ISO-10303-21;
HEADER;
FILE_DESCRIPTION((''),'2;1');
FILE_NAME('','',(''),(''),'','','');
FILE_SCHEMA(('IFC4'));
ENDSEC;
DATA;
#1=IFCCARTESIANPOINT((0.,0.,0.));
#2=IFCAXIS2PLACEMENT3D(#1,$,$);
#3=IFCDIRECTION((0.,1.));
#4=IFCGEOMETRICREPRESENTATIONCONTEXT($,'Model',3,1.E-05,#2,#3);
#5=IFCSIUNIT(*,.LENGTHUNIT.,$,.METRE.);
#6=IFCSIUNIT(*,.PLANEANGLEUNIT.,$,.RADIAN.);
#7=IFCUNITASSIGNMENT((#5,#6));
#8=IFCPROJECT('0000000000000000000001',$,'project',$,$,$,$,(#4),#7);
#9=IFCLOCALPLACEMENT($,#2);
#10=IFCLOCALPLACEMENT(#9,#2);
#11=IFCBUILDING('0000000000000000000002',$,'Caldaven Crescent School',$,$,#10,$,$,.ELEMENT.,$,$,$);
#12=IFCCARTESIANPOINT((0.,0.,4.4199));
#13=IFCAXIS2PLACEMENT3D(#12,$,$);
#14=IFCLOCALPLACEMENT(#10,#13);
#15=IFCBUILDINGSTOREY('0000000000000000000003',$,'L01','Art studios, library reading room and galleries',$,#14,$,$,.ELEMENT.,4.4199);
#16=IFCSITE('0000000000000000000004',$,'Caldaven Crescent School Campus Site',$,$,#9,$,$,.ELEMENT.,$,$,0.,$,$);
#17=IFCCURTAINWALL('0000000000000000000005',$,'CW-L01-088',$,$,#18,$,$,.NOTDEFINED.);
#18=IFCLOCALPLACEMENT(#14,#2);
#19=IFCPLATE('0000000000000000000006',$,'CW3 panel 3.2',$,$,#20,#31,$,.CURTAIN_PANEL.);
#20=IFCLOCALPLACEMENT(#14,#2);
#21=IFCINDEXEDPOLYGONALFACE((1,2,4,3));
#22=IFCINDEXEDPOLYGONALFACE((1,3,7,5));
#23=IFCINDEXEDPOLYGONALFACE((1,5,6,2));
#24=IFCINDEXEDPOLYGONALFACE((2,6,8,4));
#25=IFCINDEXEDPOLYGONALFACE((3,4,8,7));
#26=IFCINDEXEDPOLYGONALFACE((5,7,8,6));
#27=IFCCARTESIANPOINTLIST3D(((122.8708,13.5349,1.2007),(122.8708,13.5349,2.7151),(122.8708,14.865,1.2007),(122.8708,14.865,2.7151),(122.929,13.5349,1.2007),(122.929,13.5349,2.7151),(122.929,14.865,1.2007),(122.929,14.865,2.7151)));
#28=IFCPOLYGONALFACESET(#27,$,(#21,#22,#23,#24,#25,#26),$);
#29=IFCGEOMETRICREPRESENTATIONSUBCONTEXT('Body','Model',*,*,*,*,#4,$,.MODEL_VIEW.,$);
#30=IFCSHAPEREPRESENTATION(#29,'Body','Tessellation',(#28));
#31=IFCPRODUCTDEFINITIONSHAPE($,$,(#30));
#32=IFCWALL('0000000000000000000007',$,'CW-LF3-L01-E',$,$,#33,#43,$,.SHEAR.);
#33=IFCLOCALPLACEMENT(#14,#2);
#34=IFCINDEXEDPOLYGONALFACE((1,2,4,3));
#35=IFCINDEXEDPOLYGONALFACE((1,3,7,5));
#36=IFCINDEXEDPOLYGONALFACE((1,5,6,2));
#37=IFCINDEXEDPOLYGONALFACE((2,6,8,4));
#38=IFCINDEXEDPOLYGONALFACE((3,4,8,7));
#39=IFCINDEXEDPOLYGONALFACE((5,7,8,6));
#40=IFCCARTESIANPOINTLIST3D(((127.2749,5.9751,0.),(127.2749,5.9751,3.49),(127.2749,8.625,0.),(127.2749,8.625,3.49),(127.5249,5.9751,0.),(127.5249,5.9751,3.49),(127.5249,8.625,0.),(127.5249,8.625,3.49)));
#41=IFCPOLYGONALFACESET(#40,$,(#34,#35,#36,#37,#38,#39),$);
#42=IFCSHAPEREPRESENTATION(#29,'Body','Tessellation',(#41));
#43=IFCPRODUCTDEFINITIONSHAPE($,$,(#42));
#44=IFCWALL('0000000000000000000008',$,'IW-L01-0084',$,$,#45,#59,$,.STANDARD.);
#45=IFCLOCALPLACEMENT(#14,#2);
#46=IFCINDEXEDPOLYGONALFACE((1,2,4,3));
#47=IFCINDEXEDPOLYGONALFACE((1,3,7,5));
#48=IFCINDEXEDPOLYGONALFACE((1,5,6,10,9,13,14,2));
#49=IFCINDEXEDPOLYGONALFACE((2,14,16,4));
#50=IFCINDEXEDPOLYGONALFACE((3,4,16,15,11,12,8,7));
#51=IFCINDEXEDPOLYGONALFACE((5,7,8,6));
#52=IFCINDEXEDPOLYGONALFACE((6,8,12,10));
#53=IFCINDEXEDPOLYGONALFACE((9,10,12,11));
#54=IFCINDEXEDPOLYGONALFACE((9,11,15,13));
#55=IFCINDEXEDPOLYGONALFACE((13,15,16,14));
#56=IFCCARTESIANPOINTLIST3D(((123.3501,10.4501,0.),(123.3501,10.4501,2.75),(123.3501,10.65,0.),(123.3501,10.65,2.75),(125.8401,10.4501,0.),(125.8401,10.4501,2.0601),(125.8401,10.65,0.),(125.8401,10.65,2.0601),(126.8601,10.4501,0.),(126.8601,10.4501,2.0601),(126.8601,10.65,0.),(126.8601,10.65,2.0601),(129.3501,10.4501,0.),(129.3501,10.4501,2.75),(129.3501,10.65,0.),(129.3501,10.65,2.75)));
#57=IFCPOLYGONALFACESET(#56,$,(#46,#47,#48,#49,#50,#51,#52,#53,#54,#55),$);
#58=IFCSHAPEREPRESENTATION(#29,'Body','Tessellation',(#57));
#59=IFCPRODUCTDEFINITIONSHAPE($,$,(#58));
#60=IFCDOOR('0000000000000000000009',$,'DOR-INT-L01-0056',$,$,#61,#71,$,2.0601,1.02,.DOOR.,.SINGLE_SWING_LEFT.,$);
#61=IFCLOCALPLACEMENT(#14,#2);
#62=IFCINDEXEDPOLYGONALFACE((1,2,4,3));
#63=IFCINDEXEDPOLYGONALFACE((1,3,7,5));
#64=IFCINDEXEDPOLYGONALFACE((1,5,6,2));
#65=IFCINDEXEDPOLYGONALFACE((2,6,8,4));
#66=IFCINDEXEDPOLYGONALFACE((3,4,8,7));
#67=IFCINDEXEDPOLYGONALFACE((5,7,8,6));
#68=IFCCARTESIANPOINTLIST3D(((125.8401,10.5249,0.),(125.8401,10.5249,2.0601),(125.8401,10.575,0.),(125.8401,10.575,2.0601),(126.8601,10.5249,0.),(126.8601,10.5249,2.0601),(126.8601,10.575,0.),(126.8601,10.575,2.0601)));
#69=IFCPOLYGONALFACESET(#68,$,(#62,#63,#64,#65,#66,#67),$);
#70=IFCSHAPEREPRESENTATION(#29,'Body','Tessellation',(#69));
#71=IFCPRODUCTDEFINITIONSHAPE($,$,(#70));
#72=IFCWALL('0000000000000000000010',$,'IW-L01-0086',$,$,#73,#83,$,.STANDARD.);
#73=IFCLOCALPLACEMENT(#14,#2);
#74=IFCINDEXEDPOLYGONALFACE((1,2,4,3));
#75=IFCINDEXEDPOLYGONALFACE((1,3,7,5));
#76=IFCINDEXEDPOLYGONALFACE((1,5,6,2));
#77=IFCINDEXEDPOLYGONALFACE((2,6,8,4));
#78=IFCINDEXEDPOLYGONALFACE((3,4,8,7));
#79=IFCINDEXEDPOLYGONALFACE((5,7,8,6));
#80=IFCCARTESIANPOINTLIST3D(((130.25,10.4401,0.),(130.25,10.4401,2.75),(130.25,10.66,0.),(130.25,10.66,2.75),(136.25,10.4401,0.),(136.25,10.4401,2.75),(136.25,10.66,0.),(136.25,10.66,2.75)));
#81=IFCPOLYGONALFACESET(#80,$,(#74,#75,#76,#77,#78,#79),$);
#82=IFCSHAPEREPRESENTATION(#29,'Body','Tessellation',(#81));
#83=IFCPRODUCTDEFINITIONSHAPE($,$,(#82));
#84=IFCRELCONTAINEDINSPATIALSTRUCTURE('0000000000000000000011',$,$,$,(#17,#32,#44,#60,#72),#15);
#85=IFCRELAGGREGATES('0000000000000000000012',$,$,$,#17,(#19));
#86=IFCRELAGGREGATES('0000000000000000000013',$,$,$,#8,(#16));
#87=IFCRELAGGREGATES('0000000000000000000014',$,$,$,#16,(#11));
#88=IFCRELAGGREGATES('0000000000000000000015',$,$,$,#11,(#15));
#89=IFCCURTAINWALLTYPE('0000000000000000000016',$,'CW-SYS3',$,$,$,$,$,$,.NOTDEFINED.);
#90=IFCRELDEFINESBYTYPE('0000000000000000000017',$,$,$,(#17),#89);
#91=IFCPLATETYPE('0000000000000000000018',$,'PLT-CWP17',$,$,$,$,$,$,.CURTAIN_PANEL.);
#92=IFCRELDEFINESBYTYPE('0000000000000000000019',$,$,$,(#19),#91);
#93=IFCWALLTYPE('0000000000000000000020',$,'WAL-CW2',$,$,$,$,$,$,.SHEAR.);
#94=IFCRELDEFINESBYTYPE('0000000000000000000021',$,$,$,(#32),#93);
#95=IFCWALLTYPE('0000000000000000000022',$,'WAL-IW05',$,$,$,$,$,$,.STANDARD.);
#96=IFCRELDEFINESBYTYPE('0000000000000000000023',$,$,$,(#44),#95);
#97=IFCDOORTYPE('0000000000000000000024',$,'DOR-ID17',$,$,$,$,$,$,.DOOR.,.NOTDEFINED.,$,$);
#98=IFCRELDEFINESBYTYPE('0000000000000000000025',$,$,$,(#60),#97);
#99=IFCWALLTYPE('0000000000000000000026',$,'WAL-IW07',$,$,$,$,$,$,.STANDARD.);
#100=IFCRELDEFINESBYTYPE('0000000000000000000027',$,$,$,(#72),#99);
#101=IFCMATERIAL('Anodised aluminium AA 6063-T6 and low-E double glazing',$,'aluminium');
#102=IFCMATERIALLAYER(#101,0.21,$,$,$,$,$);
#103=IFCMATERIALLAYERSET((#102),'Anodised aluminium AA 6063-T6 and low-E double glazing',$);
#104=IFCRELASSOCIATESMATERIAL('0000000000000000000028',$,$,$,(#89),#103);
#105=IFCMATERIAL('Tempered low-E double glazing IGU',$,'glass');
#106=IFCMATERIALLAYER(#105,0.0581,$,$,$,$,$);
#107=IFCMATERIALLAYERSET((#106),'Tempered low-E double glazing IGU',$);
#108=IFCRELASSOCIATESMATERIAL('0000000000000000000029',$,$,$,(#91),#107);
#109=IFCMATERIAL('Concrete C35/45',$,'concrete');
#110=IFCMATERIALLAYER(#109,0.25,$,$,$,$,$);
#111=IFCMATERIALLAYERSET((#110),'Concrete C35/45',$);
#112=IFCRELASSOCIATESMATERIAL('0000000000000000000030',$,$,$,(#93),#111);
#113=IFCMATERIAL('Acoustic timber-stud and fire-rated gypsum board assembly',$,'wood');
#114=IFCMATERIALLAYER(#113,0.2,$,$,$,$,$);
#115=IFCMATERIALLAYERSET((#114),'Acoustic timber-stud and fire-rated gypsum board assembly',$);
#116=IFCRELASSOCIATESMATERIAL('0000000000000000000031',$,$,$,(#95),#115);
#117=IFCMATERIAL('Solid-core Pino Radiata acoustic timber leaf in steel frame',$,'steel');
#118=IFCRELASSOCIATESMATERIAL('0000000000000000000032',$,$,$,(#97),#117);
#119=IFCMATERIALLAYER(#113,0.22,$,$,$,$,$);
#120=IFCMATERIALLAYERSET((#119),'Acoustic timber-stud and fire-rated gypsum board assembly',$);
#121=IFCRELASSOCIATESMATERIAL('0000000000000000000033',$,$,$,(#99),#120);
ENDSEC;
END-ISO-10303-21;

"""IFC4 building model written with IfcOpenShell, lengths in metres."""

from ifc_helpers import new_model, si_unit, direction, frame, frame_2d, origin, origin_2d, place, context, subcontext, project, spatial, rectangle, extrude, material, layer, layer_set, type_object, element, fill, aggregate, save


model = new_model("IFC4")

# Units and contexts
model_context = context("Model", 3, precision=1e-05, world=origin(), true_north=direction((0.0, 1.0)))
body_context = subcontext(model_context, "Body", "Model", "MODEL_VIEW")
ifc_project = project(units=[si_unit("LENGTHUNIT", "METRE"), si_unit("PLANEANGLEUNIT", "RADIAN")], contexts=[model_context])

# Site, building, storey
site_placement = place(None, origin())
site = spatial("IfcSite", under=ifc_project, at=site_placement, Name="Caldaven Crescent School Campus Site", CompositionType="ELEMENT", RefElevation=0.0)
building_placement = place(site_placement, origin())
building = spatial("IfcBuilding", under=site, at=building_placement, Name="Caldaven Crescent School", CompositionType="ELEMENT")
storey_placement = place(building_placement, frame((0.0, 0.0, 4.4199)))
storey = spatial("IfcBuildingStorey", under=building, at=storey_placement, Name="L01", Description="Art studios, library reading room and galleries", CompositionType="ELEMENT", Elevation=4.4199)

# Curtain wall
ifc_material_1 = material(Name="Anodised aluminium AA 6063-T6 and low-E double glazing", Category="aluminium")
ifc_layer_1 = layer(ifc_material_1, 0.21)
ifc_layer_set_1 = layer_set([ifc_layer_1], Name="Anodised aluminium AA 6063-T6 and low-E double glazing")
curtain_wall_type = type_object("IfcCurtainWallType", Name="CW-SYS3", PredefinedType="NOTDEFINED", material=ifc_layer_set_1)
curtain_wall_placement = place(storey_placement, origin())
curtain_wall = element("IfcCurtainWall", 1, at=curtain_wall_placement, inside=storey, type_object=curtain_wall_type, Name="CW-L01-088", PredefinedType="NOTDEFINED")

# Plate
ifc_material_2 = material(Name="Tempered low-E double glazing IGU", Category="glass")
ifc_layer_2 = layer(ifc_material_2, 0.0581)
ifc_layer_set_2 = layer_set([ifc_layer_2], Name="Tempered low-E double glazing IGU")
plate_type = type_object("IfcPlateType", Name="PLT-CWP17", PredefinedType="CURTAIN_PANEL", material=ifc_layer_set_2)
plate_1_placement = place(storey_placement, frame((122.8999, 14.2, 1.2007), z_axis=(0.0, 0.0, 1.0), x_axis=(0.0, 1.0, 0.0)))
plate_1 = element("IfcPlate", 2, at=plate_1_placement, type_object=plate_type, Name="CW3 panel 3.2", PredefinedType="CURTAIN_PANEL", context=body_context, shape_type="SweptSolid", body=[
    extrude(rectangle(XDim=1.3301, YDim=0.0581, at=origin_2d()), origin(), (0.0, 0.0, 1.0), 1.5144),
])
aggregate(curtain_wall, [plate_1])

# Shared definitions
ifc_material_3 = material(Name="Concrete C35/45", Category="concrete")

# Wall
ifc_layer_3 = layer(ifc_material_3, 0.25)
ifc_layer_set_3 = layer_set([ifc_layer_3], Name="Concrete C35/45")
wall_type_1 = type_object("IfcWallType", Name="WAL-CW2", PredefinedType="SHEAR", material=ifc_layer_set_3)
wall_1_placement = place(storey_placement, frame((127.3999, 5.9751, 0.0), z_axis=(0.0, 0.0, 1.0), x_axis=(0.0, 1.0, 0.0)))
element("IfcWall", 3, at=wall_1_placement, inside=storey, type_object=wall_type_1, Name="CW-LF3-L01-E", PredefinedType="SHEAR", context=body_context, shape_type="SweptSolid", body=[
    extrude(rectangle(XDim=2.6499, YDim=0.25, at=frame_2d((1.325, 0.0))), origin(), (0.0, 0.0, 1.0), 3.49),
])

# Wall, opening, door
ifc_material_4 = material(Name="Acoustic timber-stud and fire-rated gypsum board assembly", Category="wood")
ifc_layer_4 = layer(ifc_material_4, 0.2)
ifc_layer_set_4 = layer_set([ifc_layer_4], Name="Acoustic timber-stud and fire-rated gypsum board assembly")
wall_type_2 = type_object("IfcWallType", Name="WAL-IW05", PredefinedType="STANDARD", material=ifc_layer_set_4)
wall_2_placement = place(storey_placement, frame((123.3501, 10.55, 0.0), z_axis=(0.0, 0.0, 1.0), x_axis=(1.0, 0.0, 0.0)))
wall_2 = element("IfcWall", 4, at=wall_2_placement, inside=storey, type_object=wall_type_2, Name="IW-L01-0084", PredefinedType="STANDARD", context=body_context, shape_type="SweptSolid", body=[
    extrude(rectangle(XDim=6.0, YDim=0.2, at=frame_2d((3.0, 0.0))), origin(), (0.0, 0.0, 1.0), 2.75),
])
opening_1_placement = place(wall_2_placement, frame((2.49, 0.0, 0.0)))
opening_1 = element("IfcOpeningElement", 5, at=opening_1_placement, cuts=wall_2, PredefinedType="OPENING", context=body_context, shape_type="SweptSolid", body=[
    extrude(rectangle(XDim=1.02, YDim=2.0601, at=frame_2d((0.51, 1.03))), frame((0.0, 0.1099, 0.0), z_axis=(0.0, -1.0, 0.0), x_axis=(1.0, 0.0, 0.0)), (0.0, 0.0, 1.0), 0.22),
])
ifc_material_5 = material(Name="Solid-core Pino Radiata acoustic timber leaf in steel frame", Category="steel")
door_type_1 = type_object("IfcDoorType", Name="DOR-ID17", OperationType="NOTDEFINED", PredefinedType="DOOR", material=ifc_material_5)
door_1_placement = place(opening_1_placement, origin())
door_1 = element("IfcDoor", 6, at=door_1_placement, inside=storey, type_object=door_type_1, Name="DOR-INT-L01-0056", OperationType="SINGLE_SWING_LEFT", OverallHeight=2.0601, OverallWidth=1.02, PredefinedType="DOOR", context=body_context, shape_type="SweptSolid", body=[
    extrude(rectangle(XDim=1.02, YDim=2.0601, at=frame_2d((0.51, 1.03))), frame((0.0, 0.0249, 0.0), z_axis=(0.0, -1.0, 0.0), x_axis=(1.0, 0.0, 0.0)), (0.0, 0.0, 1.0), 0.05),
])
fill(opening_1, door_1)

# Wall
ifc_layer_5 = layer(ifc_material_4, 0.22)
ifc_layer_set_5 = layer_set([ifc_layer_5], Name="Acoustic timber-stud and fire-rated gypsum board assembly")
wall_type_3 = type_object("IfcWallType", Name="WAL-IW07", PredefinedType="STANDARD", material=ifc_layer_set_5)
wall_3_placement = place(storey_placement, frame((130.25, 10.55, 0.0), z_axis=(0.0, 0.0, 1.0), x_axis=(1.0, 0.0, 0.0)))
element("IfcWall", 7, at=wall_3_placement, inside=storey, type_object=wall_type_3, Name="IW-L01-0086", PredefinedType="STANDARD", context=body_context, shape_type="SweptSolid", body=[
    extrude(rectangle(XDim=6.0, YDim=0.22, at=frame_2d((3.0, 0.0))), origin(), (0.0, 0.0, 1.0), 2.75),
])

save(model, "model.ifc")
